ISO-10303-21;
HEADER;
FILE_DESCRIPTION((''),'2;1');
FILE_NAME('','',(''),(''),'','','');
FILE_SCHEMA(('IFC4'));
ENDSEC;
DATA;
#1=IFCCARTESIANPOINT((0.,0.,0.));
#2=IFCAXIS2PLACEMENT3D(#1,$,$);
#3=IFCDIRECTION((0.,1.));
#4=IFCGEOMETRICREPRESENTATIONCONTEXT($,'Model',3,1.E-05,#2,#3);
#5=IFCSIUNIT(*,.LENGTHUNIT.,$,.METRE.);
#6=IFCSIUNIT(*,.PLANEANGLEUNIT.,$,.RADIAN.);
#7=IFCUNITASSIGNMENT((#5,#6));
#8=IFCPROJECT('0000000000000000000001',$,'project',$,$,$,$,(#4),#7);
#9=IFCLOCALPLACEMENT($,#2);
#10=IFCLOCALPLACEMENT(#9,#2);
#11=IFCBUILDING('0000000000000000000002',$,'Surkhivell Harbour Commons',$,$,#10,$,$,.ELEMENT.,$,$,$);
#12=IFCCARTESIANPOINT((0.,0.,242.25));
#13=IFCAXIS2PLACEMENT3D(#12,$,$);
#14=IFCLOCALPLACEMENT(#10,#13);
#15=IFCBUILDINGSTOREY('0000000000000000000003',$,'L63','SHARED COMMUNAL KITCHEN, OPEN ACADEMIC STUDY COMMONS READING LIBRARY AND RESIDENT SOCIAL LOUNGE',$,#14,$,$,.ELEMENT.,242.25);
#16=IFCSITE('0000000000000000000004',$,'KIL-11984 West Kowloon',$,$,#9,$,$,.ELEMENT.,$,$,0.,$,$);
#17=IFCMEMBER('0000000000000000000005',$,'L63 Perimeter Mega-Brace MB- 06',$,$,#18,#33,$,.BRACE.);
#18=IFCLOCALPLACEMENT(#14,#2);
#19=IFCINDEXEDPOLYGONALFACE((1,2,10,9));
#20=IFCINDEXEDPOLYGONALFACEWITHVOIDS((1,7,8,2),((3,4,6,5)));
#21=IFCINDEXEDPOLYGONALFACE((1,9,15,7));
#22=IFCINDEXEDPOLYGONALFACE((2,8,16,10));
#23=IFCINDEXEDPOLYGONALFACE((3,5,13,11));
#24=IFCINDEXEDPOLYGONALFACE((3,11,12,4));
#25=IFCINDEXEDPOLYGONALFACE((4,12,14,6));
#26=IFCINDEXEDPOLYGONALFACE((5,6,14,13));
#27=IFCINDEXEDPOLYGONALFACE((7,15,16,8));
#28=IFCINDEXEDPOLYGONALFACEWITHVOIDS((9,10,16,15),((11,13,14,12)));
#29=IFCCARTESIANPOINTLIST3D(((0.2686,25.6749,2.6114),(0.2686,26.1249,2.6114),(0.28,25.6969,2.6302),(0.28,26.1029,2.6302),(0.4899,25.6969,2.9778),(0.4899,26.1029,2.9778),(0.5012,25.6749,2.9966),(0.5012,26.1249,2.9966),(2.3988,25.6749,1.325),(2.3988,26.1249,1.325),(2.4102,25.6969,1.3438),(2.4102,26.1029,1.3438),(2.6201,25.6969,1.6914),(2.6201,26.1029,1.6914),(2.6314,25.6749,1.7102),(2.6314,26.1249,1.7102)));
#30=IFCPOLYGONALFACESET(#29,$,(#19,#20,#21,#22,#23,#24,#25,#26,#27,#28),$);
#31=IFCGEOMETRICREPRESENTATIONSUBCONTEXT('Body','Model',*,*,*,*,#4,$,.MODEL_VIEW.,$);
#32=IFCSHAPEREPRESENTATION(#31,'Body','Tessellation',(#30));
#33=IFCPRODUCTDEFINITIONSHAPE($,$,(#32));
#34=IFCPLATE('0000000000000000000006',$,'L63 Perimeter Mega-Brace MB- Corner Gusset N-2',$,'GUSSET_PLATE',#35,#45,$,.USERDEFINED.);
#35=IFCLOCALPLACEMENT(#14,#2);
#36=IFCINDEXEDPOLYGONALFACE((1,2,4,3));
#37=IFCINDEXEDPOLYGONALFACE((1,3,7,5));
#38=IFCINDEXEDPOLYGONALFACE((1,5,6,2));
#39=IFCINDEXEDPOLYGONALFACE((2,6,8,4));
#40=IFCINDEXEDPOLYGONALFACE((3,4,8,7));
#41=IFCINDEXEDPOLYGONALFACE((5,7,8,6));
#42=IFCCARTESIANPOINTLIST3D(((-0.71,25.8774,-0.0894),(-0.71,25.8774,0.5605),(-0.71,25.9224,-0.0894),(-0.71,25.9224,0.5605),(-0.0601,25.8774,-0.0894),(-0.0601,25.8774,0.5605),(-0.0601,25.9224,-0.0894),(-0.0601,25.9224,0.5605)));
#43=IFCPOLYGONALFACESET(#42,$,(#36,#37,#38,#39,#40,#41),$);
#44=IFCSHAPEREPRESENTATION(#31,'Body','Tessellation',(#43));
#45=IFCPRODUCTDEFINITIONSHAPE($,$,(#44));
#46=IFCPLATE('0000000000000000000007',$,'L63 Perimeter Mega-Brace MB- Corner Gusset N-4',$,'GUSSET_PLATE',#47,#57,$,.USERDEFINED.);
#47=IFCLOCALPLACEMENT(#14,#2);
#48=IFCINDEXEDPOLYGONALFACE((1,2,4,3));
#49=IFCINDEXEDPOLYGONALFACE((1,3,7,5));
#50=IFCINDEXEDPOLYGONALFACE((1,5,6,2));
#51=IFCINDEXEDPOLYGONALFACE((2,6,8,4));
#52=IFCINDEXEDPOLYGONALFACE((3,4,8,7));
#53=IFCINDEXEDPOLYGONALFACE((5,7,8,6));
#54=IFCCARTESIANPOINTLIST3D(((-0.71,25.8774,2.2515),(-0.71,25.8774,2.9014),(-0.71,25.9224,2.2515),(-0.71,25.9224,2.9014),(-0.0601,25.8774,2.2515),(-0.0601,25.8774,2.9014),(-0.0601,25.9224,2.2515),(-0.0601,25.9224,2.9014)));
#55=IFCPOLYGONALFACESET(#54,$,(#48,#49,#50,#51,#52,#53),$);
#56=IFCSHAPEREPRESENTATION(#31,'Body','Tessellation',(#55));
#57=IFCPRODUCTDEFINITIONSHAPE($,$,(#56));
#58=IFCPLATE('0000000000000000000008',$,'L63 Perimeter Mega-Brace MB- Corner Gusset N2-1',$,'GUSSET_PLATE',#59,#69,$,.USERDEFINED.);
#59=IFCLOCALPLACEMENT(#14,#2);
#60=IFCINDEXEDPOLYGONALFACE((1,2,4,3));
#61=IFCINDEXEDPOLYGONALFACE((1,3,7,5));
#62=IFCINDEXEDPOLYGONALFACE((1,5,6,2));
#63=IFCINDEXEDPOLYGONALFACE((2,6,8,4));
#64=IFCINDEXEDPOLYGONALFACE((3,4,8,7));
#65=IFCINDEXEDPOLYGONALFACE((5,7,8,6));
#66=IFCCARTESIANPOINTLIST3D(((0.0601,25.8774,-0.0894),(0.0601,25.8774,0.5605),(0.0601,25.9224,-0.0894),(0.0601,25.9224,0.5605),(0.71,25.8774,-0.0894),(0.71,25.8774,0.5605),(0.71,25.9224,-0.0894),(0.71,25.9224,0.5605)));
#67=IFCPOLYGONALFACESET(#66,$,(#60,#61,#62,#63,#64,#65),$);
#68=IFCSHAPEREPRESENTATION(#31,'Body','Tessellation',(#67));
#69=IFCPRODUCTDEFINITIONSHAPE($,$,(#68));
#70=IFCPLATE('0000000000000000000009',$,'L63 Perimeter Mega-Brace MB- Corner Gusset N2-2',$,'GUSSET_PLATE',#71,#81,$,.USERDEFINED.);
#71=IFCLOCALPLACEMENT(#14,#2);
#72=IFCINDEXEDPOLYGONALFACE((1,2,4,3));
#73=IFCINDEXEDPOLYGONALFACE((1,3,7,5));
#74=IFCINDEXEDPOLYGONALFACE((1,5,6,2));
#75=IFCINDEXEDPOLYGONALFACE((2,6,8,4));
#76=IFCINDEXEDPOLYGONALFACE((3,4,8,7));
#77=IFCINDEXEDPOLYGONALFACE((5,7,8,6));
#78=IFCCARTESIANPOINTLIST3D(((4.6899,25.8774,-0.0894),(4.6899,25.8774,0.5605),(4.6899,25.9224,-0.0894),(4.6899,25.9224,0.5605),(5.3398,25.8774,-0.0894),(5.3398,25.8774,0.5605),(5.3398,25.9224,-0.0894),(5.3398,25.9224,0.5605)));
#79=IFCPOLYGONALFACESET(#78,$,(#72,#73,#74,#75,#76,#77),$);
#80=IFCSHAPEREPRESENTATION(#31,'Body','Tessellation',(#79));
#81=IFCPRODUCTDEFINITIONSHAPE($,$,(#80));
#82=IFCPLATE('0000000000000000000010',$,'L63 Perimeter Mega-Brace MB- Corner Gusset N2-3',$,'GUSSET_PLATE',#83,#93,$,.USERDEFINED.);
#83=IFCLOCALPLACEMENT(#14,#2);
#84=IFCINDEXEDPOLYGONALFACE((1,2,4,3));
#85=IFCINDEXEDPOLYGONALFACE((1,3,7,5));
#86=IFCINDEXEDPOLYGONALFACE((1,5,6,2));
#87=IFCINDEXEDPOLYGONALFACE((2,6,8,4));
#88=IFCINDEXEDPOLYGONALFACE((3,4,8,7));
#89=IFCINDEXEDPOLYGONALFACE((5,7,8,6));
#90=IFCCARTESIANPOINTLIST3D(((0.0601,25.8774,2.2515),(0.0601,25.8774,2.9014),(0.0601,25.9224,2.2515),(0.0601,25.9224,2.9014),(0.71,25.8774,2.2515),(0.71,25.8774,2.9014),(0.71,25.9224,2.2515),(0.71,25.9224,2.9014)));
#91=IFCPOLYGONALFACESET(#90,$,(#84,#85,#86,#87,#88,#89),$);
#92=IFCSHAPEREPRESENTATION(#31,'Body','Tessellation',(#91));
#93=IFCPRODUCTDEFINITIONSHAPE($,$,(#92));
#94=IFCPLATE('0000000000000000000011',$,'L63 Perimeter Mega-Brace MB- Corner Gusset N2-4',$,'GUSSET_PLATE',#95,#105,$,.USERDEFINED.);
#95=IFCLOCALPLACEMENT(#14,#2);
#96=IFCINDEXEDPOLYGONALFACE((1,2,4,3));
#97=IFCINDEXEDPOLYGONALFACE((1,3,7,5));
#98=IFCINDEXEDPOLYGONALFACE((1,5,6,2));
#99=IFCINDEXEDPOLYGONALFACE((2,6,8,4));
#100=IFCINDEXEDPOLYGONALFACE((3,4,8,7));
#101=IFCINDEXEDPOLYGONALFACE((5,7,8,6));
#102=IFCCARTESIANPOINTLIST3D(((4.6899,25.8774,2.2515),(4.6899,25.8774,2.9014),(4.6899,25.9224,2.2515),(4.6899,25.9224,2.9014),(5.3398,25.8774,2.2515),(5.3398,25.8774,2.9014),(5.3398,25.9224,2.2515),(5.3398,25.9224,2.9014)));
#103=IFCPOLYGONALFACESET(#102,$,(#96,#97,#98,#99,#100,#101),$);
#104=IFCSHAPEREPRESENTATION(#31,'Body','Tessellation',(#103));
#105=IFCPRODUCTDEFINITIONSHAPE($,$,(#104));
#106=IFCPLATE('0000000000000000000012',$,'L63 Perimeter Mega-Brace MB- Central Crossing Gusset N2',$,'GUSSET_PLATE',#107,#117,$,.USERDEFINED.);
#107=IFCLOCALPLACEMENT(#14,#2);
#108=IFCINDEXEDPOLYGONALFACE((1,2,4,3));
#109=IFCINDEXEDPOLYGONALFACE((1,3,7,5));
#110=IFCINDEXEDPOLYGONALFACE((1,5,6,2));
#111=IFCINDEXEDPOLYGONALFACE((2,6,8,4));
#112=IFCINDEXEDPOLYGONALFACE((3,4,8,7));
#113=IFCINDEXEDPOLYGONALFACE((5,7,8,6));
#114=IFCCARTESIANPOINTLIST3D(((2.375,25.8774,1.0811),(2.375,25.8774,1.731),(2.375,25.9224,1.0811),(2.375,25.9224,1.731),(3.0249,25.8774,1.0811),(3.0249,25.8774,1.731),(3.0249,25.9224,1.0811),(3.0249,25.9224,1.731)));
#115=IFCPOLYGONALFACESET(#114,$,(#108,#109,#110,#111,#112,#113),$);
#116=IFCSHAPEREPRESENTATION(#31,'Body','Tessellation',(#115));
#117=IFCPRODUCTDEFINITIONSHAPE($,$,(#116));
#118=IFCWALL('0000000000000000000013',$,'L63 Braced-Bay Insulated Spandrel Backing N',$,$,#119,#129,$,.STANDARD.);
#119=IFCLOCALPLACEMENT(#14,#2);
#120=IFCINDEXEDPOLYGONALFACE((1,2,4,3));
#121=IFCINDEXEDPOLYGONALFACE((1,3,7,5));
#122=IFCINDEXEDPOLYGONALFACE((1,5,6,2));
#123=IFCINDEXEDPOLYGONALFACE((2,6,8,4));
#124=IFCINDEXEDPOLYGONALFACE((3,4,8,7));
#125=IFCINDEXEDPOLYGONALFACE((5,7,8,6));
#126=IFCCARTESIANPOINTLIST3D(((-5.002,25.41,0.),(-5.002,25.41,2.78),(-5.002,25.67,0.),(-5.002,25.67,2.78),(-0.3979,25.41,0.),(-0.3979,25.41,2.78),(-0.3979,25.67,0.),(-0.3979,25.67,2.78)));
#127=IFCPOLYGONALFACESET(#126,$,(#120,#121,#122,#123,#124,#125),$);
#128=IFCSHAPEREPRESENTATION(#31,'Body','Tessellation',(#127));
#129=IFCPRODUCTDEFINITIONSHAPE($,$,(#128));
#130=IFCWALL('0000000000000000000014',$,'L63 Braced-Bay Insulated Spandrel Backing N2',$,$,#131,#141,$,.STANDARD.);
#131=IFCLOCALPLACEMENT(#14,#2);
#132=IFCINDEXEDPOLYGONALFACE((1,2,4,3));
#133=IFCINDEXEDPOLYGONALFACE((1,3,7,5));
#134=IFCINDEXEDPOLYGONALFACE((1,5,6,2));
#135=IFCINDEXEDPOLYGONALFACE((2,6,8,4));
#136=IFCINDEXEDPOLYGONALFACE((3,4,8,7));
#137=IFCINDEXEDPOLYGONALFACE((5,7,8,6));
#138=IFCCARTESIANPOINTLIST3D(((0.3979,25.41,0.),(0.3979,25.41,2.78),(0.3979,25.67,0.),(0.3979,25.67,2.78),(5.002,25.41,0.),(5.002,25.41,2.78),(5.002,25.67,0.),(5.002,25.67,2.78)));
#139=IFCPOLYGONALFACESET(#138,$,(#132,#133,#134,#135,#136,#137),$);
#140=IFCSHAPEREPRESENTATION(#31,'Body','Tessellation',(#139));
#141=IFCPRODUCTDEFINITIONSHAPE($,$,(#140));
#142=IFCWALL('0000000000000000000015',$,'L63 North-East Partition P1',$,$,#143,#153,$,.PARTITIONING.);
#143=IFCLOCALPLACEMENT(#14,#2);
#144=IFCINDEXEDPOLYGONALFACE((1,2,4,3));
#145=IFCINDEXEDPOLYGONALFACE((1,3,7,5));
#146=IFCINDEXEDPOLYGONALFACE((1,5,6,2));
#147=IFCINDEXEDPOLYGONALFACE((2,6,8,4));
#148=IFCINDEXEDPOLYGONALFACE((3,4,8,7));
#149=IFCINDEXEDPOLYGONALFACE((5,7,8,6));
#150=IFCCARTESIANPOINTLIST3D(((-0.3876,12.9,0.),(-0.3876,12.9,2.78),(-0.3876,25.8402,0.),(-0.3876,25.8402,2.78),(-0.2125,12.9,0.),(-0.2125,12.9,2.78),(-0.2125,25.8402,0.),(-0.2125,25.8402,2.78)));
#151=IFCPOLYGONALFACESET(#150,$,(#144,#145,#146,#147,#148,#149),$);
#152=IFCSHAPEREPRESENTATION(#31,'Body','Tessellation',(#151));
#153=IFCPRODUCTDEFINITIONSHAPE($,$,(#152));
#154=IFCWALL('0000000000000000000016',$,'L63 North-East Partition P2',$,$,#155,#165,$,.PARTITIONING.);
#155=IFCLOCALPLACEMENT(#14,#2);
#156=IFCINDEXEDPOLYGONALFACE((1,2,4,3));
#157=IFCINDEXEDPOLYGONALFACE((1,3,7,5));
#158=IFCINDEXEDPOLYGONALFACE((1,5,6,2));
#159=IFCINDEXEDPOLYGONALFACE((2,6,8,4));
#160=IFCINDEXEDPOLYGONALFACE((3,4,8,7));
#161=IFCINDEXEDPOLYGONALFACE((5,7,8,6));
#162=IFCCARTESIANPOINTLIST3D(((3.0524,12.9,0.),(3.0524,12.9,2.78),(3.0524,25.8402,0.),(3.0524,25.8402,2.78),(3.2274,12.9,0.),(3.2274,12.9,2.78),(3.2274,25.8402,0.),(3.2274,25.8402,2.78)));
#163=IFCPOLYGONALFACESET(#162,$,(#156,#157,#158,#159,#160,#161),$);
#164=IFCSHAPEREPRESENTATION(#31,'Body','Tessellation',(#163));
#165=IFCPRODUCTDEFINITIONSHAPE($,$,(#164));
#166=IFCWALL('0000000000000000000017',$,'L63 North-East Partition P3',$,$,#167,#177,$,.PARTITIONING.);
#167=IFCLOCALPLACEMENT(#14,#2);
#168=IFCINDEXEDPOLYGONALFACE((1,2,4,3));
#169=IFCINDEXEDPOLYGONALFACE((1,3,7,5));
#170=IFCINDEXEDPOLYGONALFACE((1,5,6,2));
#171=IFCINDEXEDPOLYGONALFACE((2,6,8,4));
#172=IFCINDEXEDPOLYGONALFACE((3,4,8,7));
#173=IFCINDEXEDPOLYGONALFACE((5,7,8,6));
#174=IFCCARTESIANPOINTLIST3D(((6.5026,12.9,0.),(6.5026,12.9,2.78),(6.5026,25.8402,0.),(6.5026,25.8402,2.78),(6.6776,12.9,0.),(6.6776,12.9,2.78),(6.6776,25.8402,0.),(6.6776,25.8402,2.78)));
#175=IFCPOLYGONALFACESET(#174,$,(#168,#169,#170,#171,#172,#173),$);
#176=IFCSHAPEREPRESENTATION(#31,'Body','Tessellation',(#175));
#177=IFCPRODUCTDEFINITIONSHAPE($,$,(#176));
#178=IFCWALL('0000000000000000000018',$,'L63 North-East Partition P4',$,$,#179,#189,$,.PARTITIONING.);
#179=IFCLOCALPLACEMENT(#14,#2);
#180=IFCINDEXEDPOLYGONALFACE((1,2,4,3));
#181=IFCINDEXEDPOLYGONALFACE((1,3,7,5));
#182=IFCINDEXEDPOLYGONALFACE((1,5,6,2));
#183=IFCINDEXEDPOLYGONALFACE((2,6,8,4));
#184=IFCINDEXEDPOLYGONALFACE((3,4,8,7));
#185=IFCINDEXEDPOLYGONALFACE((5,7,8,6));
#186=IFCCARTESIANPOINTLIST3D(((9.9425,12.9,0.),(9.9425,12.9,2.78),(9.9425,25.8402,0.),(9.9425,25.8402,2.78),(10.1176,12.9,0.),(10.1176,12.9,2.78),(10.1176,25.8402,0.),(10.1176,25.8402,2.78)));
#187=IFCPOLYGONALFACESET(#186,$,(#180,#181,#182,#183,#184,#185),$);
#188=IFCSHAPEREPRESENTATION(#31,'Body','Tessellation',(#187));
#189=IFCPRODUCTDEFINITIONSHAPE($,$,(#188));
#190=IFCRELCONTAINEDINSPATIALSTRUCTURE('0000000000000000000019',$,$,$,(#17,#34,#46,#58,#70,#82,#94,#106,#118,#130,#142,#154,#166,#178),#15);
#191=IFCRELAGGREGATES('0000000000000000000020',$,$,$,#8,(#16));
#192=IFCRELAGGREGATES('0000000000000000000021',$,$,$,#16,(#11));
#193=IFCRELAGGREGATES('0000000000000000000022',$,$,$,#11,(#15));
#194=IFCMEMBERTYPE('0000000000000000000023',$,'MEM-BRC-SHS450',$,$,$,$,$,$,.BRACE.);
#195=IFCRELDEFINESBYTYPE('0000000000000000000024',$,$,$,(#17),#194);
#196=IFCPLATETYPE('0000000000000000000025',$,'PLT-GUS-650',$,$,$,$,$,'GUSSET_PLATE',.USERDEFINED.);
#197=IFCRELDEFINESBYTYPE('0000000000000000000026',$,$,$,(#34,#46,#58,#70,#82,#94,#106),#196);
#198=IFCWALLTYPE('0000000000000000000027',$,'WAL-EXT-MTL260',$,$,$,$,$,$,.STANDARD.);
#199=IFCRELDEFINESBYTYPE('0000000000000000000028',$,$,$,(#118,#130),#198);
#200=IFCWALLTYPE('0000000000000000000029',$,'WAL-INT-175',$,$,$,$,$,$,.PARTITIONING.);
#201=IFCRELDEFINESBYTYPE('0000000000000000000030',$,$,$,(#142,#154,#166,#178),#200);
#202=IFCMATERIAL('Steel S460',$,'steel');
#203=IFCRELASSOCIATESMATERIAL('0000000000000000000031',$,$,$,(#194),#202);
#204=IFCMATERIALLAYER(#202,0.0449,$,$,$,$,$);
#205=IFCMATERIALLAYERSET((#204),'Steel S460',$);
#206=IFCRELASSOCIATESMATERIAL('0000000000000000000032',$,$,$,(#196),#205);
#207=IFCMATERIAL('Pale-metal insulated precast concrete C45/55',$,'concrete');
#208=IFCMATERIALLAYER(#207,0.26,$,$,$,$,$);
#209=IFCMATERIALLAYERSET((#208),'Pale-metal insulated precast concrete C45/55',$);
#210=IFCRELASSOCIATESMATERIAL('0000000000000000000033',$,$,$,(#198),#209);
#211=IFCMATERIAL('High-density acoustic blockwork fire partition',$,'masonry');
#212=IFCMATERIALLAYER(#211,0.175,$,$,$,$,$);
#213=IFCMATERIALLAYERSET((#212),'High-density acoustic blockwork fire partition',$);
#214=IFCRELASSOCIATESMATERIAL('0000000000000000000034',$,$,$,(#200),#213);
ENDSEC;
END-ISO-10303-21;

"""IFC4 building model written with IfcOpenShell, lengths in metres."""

from ifc_helpers import new_model, si_unit, direction, frame, frame_2d, origin, origin_2d, place, context, subcontext, project, spatial, rectangle, hollow_rectangle, extrude, material, layer, layer_set, material_profile, profile_set, type_object, element, save


model = new_model("IFC4")

# Units and contexts
model_context = context("Model", 3, precision=1e-05, world=origin(), true_north=direction((0.0, 1.0)))
body_context = subcontext(model_context, "Body", "Model", "MODEL_VIEW")
ifc_project = project(units=[si_unit("LENGTHUNIT", "METRE"), si_unit("PLANEANGLEUNIT", "RADIAN")], contexts=[model_context])

# Site, building, storey
site_placement = place(None, origin())
site = spatial("IfcSite", under=ifc_project, at=site_placement, Name="KIL-11984 West Kowloon", CompositionType="ELEMENT", RefElevation=0.0)
building_placement = place(site_placement, origin())
building = spatial("IfcBuilding", under=site, at=building_placement, Name="Surkhivell Harbour Commons", CompositionType="ELEMENT")
storey_placement = place(building_placement, frame((0.0, 0.0, 242.25)))
storey = spatial("IfcBuildingStorey", under=building, at=storey_placement, Name="L63", Description="SHARED COMMUNAL KITCHEN, OPEN ACADEMIC STUDY COMMONS READING LIBRARY AND RESIDENT SOCIAL LOUNGE", CompositionType="ELEMENT", Elevation=242.25)

# Member
ifc_material_1 = material(Name="Steel S460", Category="steel")
ifc_material_profile_1 = material_profile(ifc_material_1, hollow_rectangle(XDim=0.45, YDim=0.45, WallThickness=0.022, at=origin_2d()), Name="SHS450x450x22")
ifc_profile_set_1 = profile_set([ifc_material_profile_1], Name="Steel S460")
member_type_1 = type_object("IfcMemberType", Name="MEM-BRC-SHS450", PredefinedType="BRACE", material=ifc_profile_set_1)
member_1_placement = place(storey_placement, frame((2.5151, 25.8999, 1.5176), z_axis=(-0.856018, 0.0, 0.516946), x_axis=(0.0, -1.0, 0.0)))
element("IfcMember", 1, at=member_1_placement, inside=storey, type_object=member_type_1, Name="L63 Perimeter Mega-Brace MB- 06", PredefinedType="BRACE", context=body_context, shape_type="SweptSolid", body=[
    extrude(hollow_rectangle(XDim=0.45, YDim=0.45, WallThickness=0.022, at=origin_2d()), origin(), (0.0, 0.0, 1.0), 2.4885),
])

# Plates
ifc_layer_1 = layer(ifc_material_1, 0.0449)
ifc_layer_set_1 = layer_set([ifc_layer_1], Name="Steel S460")
plate_type = type_object("IfcPlateType", Name="PLT-GUS-650", ElementType="GUSSET_PLATE", PredefinedType="USERDEFINED", material=ifc_layer_set_1)
for number, where, z_axis, x_axis, name in (
    (2, (-0.385, 25.8999, -0.0894), (0.0, 0.0, 1.0), (1.0, 0.0, 0.0), "L63 Perimeter Mega-Brace MB- Corner Gusset N-2"),
    (3, (-0.385, 25.8999, 2.2515), (0.0, 0.0, 1.0), (1.0, 0.0, 0.0), "L63 Perimeter Mega-Brace MB- Corner Gusset N-4"),
    (4, (0.385, 25.8999, -0.0894), (0.0, 0.0, 1.0), (1.0, 0.0, 0.0), "L63 Perimeter Mega-Brace MB- Corner Gusset N2-1"),
    (5, (5.0149, 25.8999, -0.0894), (0.0, 0.0, 1.0), (1.0, 0.0, 0.0), "L63 Perimeter Mega-Brace MB- Corner Gusset N2-2"),
    (6, (0.385, 25.8999, 2.2515), (0.0, 0.0, 1.0), (1.0, 0.0, 0.0), "L63 Perimeter Mega-Brace MB- Corner Gusset N2-3"),
    (7, (5.0149, 25.8999, 2.2515), (0.0, 0.0, 1.0), (1.0, 0.0, 0.0), "L63 Perimeter Mega-Brace MB- Corner Gusset N2-4"),
    (8, (2.7, 25.8999, 1.0811), (0.0, 0.0, 1.0), (1.0, 0.0, 0.0), "L63 Perimeter Mega-Brace MB- Central Crossing Gusset N2"),
):
    element("IfcPlate", number, at=place(storey_placement, frame(where, z_axis=z_axis, x_axis=x_axis)), inside=storey, type_object=plate_type, Name=name, ObjectType="GUSSET_PLATE", PredefinedType="USERDEFINED", context=body_context, shape_type="SweptSolid", body=[
        extrude(rectangle(XDim=0.6499, YDim=0.0449, at=origin_2d()), origin(), (0.0, 0.0, 1.0), 0.6499),
    ])

# Walls
ifc_material_2 = material(Name="Pale-metal insulated precast concrete C45/55", Category="concrete")
ifc_layer_2 = layer(ifc_material_2, 0.26)
ifc_layer_set_2 = layer_set([ifc_layer_2], Name="Pale-metal insulated precast concrete C45/55")
wall_type_1 = type_object("IfcWallType", Name="WAL-EXT-MTL260", PredefinedType="STANDARD", material=ifc_layer_set_2)
for number, where, z_axis, x_axis, name in (
    (9, (-0.3979, 25.54, 0.0), (0.0, 0.0, 1.0), (-1.0, 0.0, 0.0), "L63 Braced-Bay Insulated Spandrel Backing N"),
    (10, (5.002, 25.54, 0.0), (0.0, 0.0, 1.0), (-1.0, 0.0, 0.0), "L63 Braced-Bay Insulated Spandrel Backing N2"),
):
    element("IfcWall", number, at=place(storey_placement, frame(where, z_axis=z_axis, x_axis=x_axis)), inside=storey, type_object=wall_type_1, Name=name, PredefinedType="STANDARD", context=body_context, shape_type="SweptSolid", body=[
        extrude(rectangle(XDim=4.604, YDim=0.26, at=frame_2d((2.302, 0.0))), origin(), (0.0, 0.0, 1.0), 2.78),
    ])
ifc_material_3 = material(Name="High-density acoustic blockwork fire partition", Category="masonry")
ifc_layer_3 = layer(ifc_material_3, 0.175)
ifc_layer_set_3 = layer_set([ifc_layer_3], Name="High-density acoustic blockwork fire partition")
wall_type_2 = type_object("IfcWallType", Name="WAL-INT-175", PredefinedType="PARTITIONING", material=ifc_layer_set_3)
for number, where, z_axis, x_axis, name in (
    (11, (-0.3, 12.8999, 0.0), (0.0, 0.0, 1.0), (0.0, 1.0, 0.0), "L63 North-East Partition P1"),
    (12, (3.1399, 12.8999, 0.0), (0.0, 0.0, 1.0), (0.0, 1.0, 0.0), "L63 North-East Partition P2"),
    (13, (6.5901, 12.8999, 0.0), (0.0, 0.0, 1.0), (0.0, 1.0, 0.0), "L63 North-East Partition P3"),
    (14, (10.03, 12.8999, 0.0), (0.0, 0.0, 1.0), (0.0, 1.0, 0.0), "L63 North-East Partition P4"),
):
    element("IfcWall", number, at=place(storey_placement, frame(where, z_axis=z_axis, x_axis=x_axis)), inside=storey, type_object=wall_type_2, Name=name, PredefinedType="PARTITIONING", context=body_context, shape_type="SweptSolid", body=[
        extrude(rectangle(XDim=12.9402, YDim=0.175, at=frame_2d((6.4702, 0.0))), origin(), (0.0, 0.0, 1.0), 2.78),
    ])

save(model, "model.ifc")
